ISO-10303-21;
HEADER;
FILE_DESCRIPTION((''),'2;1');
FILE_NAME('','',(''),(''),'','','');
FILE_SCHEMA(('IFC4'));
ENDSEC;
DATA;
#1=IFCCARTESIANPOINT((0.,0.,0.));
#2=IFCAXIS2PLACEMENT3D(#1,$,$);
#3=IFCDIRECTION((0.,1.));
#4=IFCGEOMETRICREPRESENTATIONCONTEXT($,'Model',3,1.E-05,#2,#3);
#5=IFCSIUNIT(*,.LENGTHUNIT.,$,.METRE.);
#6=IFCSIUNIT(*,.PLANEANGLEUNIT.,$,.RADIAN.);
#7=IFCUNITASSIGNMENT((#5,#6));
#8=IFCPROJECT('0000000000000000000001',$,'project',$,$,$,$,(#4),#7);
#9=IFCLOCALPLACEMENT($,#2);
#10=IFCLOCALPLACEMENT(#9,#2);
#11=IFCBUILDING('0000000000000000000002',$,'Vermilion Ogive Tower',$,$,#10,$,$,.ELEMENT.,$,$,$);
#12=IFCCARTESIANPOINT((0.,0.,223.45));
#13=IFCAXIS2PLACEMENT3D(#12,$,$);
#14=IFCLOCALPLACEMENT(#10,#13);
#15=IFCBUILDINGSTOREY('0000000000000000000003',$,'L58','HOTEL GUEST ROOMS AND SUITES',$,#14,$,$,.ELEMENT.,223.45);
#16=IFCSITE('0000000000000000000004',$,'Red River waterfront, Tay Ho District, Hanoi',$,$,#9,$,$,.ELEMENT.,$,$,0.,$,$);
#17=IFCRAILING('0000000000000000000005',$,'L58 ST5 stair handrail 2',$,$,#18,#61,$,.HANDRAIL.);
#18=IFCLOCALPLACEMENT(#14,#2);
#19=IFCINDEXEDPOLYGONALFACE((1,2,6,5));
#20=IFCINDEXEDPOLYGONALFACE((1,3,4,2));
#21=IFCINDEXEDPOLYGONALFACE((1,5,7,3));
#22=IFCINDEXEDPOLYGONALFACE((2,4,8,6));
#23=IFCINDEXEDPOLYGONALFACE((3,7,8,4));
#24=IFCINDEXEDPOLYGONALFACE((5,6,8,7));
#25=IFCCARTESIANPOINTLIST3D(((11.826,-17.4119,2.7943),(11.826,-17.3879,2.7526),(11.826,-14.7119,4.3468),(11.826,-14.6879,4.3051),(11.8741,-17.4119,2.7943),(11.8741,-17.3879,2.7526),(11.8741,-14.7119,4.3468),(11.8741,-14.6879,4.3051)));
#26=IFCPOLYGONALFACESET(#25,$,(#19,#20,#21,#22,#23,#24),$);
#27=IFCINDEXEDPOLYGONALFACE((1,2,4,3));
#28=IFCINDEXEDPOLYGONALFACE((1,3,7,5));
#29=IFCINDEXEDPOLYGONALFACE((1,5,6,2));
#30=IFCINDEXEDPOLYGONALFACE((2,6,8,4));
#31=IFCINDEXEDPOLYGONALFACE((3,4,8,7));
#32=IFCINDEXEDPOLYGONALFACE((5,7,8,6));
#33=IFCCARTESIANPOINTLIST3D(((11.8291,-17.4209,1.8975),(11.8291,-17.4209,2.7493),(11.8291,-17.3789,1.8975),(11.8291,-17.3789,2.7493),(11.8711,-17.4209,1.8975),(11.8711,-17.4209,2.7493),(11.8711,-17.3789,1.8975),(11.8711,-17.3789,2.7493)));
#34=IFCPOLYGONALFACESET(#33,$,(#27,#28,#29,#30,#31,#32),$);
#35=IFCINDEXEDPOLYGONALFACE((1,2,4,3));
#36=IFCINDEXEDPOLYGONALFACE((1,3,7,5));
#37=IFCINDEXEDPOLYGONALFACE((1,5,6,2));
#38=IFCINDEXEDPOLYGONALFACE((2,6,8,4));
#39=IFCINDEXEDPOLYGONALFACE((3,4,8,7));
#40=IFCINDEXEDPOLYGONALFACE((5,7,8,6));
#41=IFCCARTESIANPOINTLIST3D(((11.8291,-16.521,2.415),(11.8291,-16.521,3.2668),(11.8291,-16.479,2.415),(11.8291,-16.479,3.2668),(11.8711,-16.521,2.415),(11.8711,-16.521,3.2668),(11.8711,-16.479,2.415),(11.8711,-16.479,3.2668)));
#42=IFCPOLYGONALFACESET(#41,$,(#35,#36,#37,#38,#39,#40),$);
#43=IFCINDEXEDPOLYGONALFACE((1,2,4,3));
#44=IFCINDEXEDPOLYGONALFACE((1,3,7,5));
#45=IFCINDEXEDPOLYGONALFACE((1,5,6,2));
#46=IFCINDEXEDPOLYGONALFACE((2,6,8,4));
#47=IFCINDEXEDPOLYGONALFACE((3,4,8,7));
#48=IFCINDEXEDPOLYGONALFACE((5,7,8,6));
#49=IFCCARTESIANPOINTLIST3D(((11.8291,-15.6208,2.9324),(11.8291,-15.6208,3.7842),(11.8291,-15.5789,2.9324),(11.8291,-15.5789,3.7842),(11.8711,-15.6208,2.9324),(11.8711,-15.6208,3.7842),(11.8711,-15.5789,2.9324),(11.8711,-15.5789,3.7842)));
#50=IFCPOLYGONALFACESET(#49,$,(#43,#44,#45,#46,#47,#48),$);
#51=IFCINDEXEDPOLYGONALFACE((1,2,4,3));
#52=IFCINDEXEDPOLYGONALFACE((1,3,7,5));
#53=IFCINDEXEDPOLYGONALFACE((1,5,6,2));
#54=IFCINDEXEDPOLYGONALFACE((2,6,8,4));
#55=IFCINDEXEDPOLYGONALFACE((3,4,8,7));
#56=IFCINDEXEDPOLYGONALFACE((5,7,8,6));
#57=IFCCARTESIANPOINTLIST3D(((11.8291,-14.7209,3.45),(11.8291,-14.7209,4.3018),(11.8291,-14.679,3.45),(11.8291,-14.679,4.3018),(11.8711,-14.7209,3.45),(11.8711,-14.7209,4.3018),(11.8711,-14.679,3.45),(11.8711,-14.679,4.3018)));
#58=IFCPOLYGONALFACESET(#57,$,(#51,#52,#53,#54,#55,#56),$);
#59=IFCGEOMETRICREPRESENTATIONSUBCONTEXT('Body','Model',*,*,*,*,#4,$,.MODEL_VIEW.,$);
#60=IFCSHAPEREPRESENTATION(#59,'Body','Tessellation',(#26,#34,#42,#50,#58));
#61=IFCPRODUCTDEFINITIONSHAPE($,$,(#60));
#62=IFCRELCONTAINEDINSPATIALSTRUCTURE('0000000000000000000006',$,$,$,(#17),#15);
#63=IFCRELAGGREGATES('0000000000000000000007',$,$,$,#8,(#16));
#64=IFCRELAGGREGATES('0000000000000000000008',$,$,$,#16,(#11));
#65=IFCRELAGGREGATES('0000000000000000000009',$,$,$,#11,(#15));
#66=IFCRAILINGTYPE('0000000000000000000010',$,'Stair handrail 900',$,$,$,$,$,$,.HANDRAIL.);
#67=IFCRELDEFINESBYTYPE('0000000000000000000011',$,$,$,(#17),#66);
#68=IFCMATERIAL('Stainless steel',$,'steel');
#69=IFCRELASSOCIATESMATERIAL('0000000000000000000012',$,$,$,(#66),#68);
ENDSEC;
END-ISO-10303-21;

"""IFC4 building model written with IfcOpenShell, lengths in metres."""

from ifc_helpers import new_model, si_unit, direction, frame, origin, origin_2d, place, context, subcontext, project, spatial, rectangle, extrude, material, type_object, element, save


model = new_model("IFC4")

# Units and contexts
model_context = context("Model", 3, precision=1e-05, world=origin(), true_north=direction((0.0, 1.0)))
body_context = subcontext(model_context, "Body", "Model", "MODEL_VIEW")
ifc_project = project(units=[si_unit("LENGTHUNIT", "METRE"), si_unit("PLANEANGLEUNIT", "RADIAN")], contexts=[model_context])

# Site, building, storey
site_placement = place(None, origin())
site = spatial("IfcSite", under=ifc_project, at=site_placement, Name="Red River waterfront, Tay Ho District, Hanoi", CompositionType="ELEMENT", RefElevation=0.0)
building_placement = place(site_placement, origin())
building = spatial("IfcBuilding", under=site, at=building_placement, Name="Vermilion Ogive Tower", CompositionType="ELEMENT")
storey_placement = place(building_placement, frame((0.0, 0.0, 223.45)))
storey = spatial("IfcBuildingStorey", under=building, at=storey_placement, Name="L58", Description="HOTEL GUEST ROOMS AND SUITES", CompositionType="ELEMENT", Elevation=223.45)

# Railing
ifc_material_1 = material(Name="Stainless steel", Category="steel")
railing_type_1 = type_object("IfcRailingType", Name="Stair handrail 900", PredefinedType="HANDRAIL", material=ifc_material_1)
railing_1_placement = place(storey_placement, frame((11.8501, -17.3999, 1.8975)))
element("IfcRailing", 1, at=railing_1_placement, inside=storey, type_object=railing_type_1, Name="L58 ST5 stair handrail 2", PredefinedType="HANDRAIL", context=body_context, shape_type="SweptSolid", body=[
    extrude(rectangle(XDim=0.0481, YDim=0.0481, at=origin_2d()), frame((0.0, 0.0, 0.876), z_axis=(0.0, 0.866904, 0.498476), x_axis=(-1.0, 0.0, 0.0)), (0.0, 0.0, 1.0), 3.1145),
    extrude(rectangle(XDim=0.042, YDim=0.042, at=origin_2d()), origin(), (0.0, 0.0, 1.0), 0.8518),
    extrude(rectangle(XDim=0.042, YDim=0.042, at=origin_2d()), frame((0.0, 0.8999, 0.5176)), (0.0, 0.0, 1.0), 0.8518),
    extrude(rectangle(XDim=0.042, YDim=0.042, at=origin_2d()), frame((0.0, 1.8, 1.0349)), (0.0, 0.0, 1.0), 0.8518),
    extrude(rectangle(XDim=0.042, YDim=0.042, at=origin_2d()), frame((0.0, 2.7, 1.5525)), (0.0, 0.0, 1.0), 0.8518),
])

save(model, "model.ifc")
